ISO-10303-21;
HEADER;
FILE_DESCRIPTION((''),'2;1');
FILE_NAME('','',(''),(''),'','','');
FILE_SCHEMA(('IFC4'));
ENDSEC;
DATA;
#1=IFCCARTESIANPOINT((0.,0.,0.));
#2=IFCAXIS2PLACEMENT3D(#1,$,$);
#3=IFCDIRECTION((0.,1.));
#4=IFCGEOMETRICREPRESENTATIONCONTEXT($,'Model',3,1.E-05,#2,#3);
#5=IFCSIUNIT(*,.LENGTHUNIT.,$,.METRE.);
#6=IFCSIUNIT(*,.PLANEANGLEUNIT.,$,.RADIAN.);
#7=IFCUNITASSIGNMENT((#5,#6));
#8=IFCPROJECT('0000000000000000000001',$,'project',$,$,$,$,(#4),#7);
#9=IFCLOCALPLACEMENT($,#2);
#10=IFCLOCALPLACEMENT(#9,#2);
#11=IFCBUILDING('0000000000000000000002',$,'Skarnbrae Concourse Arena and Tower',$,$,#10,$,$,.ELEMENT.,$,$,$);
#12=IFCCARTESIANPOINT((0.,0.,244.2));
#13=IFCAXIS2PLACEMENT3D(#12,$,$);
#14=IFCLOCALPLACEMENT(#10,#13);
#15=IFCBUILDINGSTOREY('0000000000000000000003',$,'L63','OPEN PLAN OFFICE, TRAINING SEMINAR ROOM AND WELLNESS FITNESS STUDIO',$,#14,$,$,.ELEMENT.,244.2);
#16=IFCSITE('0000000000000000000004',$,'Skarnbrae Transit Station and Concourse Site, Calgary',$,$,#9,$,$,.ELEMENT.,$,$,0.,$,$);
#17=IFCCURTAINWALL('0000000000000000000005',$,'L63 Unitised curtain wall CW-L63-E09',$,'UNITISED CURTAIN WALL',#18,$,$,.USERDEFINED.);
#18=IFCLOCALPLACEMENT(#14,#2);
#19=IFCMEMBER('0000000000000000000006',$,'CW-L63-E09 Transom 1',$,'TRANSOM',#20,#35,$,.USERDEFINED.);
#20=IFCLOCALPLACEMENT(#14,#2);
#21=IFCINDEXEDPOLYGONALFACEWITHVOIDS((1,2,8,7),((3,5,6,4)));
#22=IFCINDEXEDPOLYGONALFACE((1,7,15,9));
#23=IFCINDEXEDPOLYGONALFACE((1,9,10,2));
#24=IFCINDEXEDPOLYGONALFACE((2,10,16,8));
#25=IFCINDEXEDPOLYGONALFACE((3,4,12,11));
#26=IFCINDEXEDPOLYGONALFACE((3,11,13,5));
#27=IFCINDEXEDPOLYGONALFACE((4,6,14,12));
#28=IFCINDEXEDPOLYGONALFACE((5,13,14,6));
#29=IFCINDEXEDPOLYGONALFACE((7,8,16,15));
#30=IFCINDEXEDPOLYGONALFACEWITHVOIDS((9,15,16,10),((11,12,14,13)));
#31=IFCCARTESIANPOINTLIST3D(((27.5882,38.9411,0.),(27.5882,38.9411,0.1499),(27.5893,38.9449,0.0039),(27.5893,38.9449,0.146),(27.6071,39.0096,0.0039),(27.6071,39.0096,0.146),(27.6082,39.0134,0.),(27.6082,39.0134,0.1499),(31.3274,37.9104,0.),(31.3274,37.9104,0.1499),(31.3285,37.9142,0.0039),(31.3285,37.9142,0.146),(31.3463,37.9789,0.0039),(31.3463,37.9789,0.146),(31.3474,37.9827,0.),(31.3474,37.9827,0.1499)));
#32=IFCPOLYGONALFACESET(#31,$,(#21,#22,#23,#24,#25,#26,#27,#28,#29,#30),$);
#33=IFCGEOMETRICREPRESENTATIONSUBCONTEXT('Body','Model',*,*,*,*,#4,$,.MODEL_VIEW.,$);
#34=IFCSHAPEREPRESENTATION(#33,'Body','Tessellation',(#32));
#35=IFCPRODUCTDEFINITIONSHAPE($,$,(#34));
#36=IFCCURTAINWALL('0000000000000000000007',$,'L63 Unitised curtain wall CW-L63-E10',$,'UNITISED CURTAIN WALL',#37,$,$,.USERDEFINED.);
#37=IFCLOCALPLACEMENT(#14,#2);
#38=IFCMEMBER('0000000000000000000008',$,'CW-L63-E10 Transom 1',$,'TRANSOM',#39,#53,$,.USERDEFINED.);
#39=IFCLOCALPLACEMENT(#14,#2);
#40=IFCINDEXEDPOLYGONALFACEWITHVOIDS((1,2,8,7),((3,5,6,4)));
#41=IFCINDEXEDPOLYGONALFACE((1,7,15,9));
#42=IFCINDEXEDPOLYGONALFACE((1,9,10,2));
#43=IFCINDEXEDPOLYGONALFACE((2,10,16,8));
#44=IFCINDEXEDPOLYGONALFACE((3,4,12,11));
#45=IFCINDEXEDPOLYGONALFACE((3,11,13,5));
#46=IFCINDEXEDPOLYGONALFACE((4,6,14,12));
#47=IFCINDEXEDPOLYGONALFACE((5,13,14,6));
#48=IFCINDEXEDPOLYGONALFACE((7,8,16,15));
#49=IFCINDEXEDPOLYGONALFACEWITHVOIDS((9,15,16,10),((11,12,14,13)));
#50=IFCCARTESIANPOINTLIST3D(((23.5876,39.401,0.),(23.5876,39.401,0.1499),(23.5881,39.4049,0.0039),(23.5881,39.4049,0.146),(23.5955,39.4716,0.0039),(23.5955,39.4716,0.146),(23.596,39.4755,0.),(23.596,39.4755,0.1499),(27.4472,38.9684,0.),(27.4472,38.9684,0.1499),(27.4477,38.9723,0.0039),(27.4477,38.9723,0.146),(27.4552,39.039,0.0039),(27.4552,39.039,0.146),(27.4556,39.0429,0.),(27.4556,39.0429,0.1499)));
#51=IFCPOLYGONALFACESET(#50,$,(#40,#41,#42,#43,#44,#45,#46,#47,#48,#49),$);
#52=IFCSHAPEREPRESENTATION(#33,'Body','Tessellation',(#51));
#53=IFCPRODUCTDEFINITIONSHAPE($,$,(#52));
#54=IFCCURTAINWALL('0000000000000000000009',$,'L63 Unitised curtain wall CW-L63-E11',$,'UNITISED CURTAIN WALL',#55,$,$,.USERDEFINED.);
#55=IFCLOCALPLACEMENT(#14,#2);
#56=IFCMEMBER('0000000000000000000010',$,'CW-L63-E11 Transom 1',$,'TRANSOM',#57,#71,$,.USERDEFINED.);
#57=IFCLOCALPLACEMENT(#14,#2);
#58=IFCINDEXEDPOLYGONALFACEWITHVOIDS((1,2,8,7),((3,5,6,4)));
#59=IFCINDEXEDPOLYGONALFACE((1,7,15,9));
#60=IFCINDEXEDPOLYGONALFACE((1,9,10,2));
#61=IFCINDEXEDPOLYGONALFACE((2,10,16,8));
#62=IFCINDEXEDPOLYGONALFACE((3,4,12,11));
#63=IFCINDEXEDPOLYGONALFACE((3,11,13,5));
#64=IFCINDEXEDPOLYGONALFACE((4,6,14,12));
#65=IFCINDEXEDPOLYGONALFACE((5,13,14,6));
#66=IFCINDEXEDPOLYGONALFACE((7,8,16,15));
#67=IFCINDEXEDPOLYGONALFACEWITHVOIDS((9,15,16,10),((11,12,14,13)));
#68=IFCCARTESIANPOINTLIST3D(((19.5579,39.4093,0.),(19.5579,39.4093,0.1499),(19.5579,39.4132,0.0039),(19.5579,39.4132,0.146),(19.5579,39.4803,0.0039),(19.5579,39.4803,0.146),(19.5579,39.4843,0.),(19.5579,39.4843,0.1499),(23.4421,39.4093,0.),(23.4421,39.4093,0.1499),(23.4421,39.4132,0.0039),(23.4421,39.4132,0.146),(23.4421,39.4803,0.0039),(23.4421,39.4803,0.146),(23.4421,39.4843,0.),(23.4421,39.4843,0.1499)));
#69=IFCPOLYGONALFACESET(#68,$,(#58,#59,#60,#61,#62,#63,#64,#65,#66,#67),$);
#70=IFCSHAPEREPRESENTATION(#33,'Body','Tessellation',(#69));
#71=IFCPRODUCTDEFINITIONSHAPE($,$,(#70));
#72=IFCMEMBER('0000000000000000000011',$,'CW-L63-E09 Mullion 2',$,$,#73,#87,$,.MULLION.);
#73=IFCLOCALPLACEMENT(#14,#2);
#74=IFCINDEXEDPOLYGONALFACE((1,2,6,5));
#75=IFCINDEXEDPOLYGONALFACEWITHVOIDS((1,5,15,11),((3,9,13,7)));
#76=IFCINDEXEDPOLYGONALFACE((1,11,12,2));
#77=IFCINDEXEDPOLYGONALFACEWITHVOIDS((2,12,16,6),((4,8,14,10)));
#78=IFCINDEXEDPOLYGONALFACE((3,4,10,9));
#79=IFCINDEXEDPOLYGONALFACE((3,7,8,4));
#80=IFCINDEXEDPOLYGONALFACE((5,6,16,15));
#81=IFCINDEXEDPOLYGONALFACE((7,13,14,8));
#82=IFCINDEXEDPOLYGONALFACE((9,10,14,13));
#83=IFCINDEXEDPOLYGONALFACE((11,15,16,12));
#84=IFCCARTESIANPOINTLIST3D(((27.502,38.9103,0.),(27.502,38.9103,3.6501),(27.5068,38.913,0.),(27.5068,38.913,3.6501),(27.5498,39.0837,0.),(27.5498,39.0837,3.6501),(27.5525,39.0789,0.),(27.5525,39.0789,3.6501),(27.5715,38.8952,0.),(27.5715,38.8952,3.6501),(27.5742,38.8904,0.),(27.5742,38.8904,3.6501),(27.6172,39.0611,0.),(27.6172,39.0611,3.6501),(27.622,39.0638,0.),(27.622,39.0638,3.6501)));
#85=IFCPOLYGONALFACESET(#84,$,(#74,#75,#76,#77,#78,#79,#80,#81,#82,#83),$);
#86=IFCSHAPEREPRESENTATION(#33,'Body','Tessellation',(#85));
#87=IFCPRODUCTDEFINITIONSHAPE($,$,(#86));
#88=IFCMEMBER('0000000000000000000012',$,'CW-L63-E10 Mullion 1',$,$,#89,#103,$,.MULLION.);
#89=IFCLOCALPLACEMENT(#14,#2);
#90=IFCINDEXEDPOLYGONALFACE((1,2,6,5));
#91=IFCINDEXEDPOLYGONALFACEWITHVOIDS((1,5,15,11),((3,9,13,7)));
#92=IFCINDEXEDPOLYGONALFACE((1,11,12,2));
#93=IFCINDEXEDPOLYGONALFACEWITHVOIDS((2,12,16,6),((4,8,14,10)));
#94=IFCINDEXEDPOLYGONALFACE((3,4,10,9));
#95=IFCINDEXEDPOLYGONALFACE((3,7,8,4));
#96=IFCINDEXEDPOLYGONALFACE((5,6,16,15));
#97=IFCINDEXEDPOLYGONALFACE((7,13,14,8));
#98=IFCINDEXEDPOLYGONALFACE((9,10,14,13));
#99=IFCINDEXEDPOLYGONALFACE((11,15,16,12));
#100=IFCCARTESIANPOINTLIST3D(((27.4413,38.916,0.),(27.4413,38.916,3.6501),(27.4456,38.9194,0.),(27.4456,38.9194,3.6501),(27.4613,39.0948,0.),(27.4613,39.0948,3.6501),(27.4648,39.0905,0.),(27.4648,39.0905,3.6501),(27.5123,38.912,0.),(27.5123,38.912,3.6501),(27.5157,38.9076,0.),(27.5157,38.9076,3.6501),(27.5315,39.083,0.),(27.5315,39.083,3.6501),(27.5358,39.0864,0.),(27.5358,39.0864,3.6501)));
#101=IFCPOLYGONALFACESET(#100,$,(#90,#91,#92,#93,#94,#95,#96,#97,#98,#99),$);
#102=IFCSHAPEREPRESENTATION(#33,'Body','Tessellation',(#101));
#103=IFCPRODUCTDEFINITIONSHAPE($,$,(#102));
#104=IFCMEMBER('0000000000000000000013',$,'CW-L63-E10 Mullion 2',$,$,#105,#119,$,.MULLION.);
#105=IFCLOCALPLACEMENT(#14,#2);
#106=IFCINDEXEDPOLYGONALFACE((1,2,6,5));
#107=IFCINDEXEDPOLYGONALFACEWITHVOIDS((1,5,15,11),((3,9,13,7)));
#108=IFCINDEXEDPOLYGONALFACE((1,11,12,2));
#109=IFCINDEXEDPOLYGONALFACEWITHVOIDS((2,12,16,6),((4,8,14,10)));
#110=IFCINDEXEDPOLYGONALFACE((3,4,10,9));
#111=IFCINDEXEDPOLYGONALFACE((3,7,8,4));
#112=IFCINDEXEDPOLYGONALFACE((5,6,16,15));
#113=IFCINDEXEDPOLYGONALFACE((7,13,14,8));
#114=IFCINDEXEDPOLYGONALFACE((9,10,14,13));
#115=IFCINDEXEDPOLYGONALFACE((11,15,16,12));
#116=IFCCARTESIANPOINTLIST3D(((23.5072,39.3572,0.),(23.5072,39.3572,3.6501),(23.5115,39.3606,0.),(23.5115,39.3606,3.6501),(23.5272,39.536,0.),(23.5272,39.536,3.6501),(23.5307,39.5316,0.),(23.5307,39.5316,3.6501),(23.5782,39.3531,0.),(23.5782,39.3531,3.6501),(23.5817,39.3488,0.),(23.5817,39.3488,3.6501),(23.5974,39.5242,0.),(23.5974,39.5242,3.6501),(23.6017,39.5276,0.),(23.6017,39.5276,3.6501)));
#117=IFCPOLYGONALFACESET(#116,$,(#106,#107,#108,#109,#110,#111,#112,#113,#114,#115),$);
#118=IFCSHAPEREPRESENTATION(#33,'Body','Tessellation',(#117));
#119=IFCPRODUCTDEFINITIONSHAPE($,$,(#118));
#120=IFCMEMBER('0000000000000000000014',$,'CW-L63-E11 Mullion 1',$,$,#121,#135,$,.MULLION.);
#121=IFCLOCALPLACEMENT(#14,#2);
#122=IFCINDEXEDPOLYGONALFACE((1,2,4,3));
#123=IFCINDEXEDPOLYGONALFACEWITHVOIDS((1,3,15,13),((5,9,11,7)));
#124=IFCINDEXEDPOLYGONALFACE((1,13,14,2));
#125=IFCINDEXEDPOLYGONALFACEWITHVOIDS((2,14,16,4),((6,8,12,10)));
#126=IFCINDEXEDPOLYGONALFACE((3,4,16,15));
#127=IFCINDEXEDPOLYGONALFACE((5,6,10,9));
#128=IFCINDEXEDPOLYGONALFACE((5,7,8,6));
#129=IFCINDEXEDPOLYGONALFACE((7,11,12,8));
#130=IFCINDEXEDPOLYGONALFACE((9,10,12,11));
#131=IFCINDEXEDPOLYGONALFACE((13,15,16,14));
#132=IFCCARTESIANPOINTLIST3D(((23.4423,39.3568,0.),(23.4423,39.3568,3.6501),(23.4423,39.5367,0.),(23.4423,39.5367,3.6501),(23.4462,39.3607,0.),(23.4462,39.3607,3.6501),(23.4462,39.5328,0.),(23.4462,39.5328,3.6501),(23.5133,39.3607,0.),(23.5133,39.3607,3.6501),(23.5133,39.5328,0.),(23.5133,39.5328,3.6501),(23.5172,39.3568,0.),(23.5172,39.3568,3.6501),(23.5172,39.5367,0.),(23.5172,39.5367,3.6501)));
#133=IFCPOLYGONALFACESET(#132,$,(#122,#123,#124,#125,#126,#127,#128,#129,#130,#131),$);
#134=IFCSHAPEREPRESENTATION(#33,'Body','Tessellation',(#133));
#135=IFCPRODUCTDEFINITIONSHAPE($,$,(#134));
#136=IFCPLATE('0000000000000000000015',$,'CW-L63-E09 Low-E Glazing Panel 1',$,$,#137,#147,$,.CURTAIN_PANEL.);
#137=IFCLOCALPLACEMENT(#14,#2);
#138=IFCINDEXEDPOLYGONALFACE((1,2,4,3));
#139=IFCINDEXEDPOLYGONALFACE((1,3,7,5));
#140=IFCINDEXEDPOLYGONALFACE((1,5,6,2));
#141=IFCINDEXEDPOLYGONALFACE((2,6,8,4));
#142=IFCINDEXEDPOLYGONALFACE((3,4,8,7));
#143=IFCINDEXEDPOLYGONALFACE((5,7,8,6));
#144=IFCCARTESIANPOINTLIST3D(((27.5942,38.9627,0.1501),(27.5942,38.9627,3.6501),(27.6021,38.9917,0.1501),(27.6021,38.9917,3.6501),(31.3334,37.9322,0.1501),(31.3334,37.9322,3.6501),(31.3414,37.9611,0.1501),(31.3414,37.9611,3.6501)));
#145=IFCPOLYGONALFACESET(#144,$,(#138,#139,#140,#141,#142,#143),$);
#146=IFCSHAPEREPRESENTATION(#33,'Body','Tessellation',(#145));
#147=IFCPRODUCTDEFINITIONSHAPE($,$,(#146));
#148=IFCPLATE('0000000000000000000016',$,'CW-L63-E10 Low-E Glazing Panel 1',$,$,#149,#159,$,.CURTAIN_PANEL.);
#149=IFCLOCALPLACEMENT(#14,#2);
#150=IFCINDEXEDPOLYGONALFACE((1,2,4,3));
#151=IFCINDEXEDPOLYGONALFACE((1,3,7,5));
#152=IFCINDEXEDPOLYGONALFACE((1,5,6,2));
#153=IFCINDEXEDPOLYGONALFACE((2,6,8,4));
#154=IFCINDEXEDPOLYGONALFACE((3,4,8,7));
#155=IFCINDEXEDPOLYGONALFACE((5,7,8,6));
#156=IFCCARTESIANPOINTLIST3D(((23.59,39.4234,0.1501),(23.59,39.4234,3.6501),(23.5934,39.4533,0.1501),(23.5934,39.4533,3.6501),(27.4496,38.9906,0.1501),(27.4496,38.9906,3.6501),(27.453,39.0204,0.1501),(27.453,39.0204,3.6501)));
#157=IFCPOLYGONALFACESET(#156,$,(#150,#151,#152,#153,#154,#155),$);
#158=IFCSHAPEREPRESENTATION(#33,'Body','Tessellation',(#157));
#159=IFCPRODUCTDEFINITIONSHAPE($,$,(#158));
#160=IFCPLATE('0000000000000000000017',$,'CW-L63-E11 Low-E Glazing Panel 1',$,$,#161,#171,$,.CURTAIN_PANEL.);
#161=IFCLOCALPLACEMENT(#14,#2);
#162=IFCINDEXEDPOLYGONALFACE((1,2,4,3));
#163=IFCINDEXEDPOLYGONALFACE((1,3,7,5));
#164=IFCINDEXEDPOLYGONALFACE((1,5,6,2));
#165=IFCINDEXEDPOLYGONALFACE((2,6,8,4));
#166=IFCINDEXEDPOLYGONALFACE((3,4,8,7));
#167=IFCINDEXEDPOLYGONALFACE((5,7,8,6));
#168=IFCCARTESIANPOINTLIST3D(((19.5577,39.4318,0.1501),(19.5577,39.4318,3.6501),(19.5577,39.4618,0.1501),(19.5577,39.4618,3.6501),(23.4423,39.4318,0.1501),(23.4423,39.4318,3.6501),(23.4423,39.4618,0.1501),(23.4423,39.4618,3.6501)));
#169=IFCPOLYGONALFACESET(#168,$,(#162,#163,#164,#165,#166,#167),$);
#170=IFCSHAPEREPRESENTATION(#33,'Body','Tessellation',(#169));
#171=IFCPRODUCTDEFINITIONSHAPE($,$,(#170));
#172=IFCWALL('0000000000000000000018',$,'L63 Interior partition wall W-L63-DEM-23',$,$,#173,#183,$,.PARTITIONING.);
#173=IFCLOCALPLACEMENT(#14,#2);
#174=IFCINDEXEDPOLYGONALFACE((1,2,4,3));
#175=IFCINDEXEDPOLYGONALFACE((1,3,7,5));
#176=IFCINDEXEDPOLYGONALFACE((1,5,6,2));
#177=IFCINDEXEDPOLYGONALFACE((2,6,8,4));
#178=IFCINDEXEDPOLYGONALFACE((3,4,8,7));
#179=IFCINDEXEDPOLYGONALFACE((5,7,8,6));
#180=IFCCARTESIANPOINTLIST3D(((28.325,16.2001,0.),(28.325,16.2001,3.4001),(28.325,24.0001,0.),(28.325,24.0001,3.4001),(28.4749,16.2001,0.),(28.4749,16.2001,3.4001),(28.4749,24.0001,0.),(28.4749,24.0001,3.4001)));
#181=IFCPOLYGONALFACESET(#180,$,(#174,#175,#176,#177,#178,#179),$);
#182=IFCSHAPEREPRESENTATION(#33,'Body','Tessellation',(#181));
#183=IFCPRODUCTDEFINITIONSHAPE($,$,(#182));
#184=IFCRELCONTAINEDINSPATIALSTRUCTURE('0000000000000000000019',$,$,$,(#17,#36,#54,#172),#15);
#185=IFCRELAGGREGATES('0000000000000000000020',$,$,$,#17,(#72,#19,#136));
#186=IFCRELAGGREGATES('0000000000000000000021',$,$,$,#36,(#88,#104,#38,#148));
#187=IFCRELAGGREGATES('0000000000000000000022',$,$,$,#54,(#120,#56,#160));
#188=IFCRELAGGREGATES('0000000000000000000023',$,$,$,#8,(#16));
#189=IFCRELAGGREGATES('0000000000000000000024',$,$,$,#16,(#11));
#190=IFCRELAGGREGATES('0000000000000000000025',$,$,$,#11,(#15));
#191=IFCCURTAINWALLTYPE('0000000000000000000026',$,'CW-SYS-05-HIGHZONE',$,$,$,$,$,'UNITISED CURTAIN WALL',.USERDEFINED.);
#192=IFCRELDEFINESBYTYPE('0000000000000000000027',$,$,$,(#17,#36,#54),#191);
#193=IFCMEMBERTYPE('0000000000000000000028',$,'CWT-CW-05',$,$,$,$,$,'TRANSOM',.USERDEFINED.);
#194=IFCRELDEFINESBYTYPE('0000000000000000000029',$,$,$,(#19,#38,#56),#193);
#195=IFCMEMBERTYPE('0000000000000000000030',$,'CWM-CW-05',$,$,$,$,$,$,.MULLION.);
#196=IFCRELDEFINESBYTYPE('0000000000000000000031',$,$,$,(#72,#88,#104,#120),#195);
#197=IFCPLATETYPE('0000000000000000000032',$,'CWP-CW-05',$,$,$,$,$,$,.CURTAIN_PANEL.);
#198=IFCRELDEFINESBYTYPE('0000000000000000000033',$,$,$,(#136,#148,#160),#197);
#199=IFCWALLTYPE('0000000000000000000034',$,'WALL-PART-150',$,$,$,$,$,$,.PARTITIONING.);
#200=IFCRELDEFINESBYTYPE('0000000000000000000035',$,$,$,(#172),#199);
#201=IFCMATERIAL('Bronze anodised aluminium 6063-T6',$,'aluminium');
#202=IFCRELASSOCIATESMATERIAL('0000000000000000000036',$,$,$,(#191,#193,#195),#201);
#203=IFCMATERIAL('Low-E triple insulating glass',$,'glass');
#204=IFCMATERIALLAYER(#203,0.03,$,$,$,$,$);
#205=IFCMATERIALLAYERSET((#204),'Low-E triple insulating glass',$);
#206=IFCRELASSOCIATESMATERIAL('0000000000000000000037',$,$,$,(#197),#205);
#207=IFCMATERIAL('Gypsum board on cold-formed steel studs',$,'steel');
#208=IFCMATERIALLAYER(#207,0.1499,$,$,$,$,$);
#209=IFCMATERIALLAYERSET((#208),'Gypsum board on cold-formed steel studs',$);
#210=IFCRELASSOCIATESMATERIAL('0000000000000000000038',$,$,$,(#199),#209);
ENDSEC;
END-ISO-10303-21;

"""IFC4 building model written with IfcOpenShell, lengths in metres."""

from ifc_helpers import new_model, si_unit, direction, frame, frame_2d, origin, origin_2d, place, context, subcontext, project, spatial, rectangle, hollow_rectangle, extrude, source, transform, mapped, material, layer, layer_set, material_profile, profile_set, type_object, element, aggregate, save


model = new_model("IFC4")

# Units and contexts
model_context = context("Model", 3, precision=1e-05, world=origin(), true_north=direction((0.0, 1.0)))
body_context = subcontext(model_context, "Body", "Model", "MODEL_VIEW")
ifc_project = project(units=[si_unit("LENGTHUNIT", "METRE"), si_unit("PLANEANGLEUNIT", "RADIAN")], contexts=[model_context])

# Site, building, storey
site_placement = place(None, origin())
site = spatial("IfcSite", under=ifc_project, at=site_placement, Name="Skarnbrae Transit Station and Concourse Site, Calgary", CompositionType="ELEMENT", RefElevation=0.0)
building_placement = place(site_placement, origin())
building = spatial("IfcBuilding", under=site, at=building_placement, Name="Skarnbrae Concourse Arena and Tower", CompositionType="ELEMENT")
storey_placement = place(building_placement, frame((0.0, 0.0, 244.2)))
storey = spatial("IfcBuildingStorey", under=building, at=storey_placement, Name="L63", Description="OPEN PLAN OFFICE, TRAINING SEMINAR ROOM AND WELLNESS FITNESS STUDIO", CompositionType="ELEMENT", Elevation=244.2)

# Curtain walls, members
ifc_material_1 = material(Name="Bronze anodised aluminium 6063-T6", Category="aluminium")
curtain_wall_type = type_object("IfcCurtainWallType", Name="CW-SYS-05-HIGHZONE", ElementType="UNITISED CURTAIN WALL", PredefinedType="USERDEFINED", material=ifc_material_1)
curtain_wall_1_placement = place(storey_placement, origin())
curtain_wall_1 = element("IfcCurtainWall", 1, at=curtain_wall_1_placement, inside=storey, type_object=curtain_wall_type, Name="L63 Unitised curtain wall CW-L63-E09", ObjectType="UNITISED CURTAIN WALL", PredefinedType="USERDEFINED")
ifc_material_profile_1 = material_profile(ifc_material_1, hollow_rectangle(XDim=0.075, YDim=0.1499, WallThickness=0.0039, at=origin_2d()), Name="ALU-TRAN-75X150")
ifc_profile_set_1 = profile_set([ifc_material_profile_1], Name="Bronze anodised aluminium 6063-T6")
member_type_1 = type_object("IfcMemberType", Name="CWT-CW-05", ElementType="TRANSOM", PredefinedType="USERDEFINED", material=ifc_profile_set_1)
shared_shape_1 = source(origin(), body_context, "Body", "SweptSolid", [
    extrude(hollow_rectangle(XDim=0.075, YDim=0.1499, WallThickness=0.0039, at=origin_2d()), origin(), (0.0, 0.0, 1.0), 3.8787),
])
member_1_placement = place(storey_placement, frame((31.3374, 37.9465, 0.075), z_axis=(-0.964043, 0.265747, 0.0), x_axis=(-0.265747, -0.964043, 0.0)))
member_1 = element("IfcMember", 2, at=member_1_placement, type_object=member_type_1, Name="CW-L63-E09 Transom 1", ObjectType="TRANSOM", PredefinedType="USERDEFINED", context=body_context, shape_type="MappedRepresentation", body=[
    mapped(shared_shape_1, transform((0.0, 0.0, 0.0))),
])
curtain_wall_2_placement = place(storey_placement, origin())
curtain_wall_2 = element("IfcCurtainWall", 3, at=curtain_wall_2_placement, inside=storey, type_object=curtain_wall_type, Name="L63 Unitised curtain wall CW-L63-E10", ObjectType="UNITISED CURTAIN WALL", PredefinedType="USERDEFINED")
shared_shape_2 = source(origin(), body_context, "Body", "SweptSolid", [
    extrude(hollow_rectangle(XDim=0.075, YDim=0.1499, WallThickness=0.0039, at=origin_2d()), origin(), (0.0, 0.0, 1.0), 3.8838),
])
member_2_placement = place(storey_placement, frame((27.4514, 39.0056, 0.075), z_axis=(-0.993777, 0.11139, 0.0), x_axis=(-0.11139, -0.993777, 0.0)))
member_2 = element("IfcMember", 4, at=member_2_placement, type_object=member_type_1, Name="CW-L63-E10 Transom 1", ObjectType="TRANSOM", PredefinedType="USERDEFINED", context=body_context, shape_type="MappedRepresentation", body=[
    mapped(shared_shape_2, transform((0.0, 0.0, 0.0))),
])
curtain_wall_3_placement = place(storey_placement, origin())
curtain_wall_3 = element("IfcCurtainWall", 5, at=curtain_wall_3_placement, inside=storey, type_object=curtain_wall_type, Name="L63 Unitised curtain wall CW-L63-E11", ObjectType="UNITISED CURTAIN WALL", PredefinedType="USERDEFINED")
shared_shape_3 = source(origin(), body_context, "Body", "SweptSolid", [
    extrude(hollow_rectangle(XDim=0.075, YDim=0.1499, WallThickness=0.0039, at=origin_2d()), origin(), (0.0, 0.0, 1.0), 3.8843),
])
member_3_placement = place(storey_placement, frame((23.4421, 39.4468, 0.075), z_axis=(-1.0, 0.0, 0.0), x_axis=(0.0, -1.0, 0.0)))
member_3 = element("IfcMember", 6, at=member_3_placement, type_object=member_type_1, Name="CW-L63-E11 Transom 1", ObjectType="TRANSOM", PredefinedType="USERDEFINED", context=body_context, shape_type="MappedRepresentation", body=[
    mapped(shared_shape_3, transform((0.0, 0.0, 0.0))),
])

# Members
ifc_material_profile_2 = material_profile(ifc_material_1, hollow_rectangle(XDim=0.075, YDim=0.1799, WallThickness=0.0039, at=origin_2d()), Name="ALU-MULL-75X180")
ifc_profile_set_2 = profile_set([ifc_material_profile_2], Name="Bronze anodised aluminium 6063-T6")
member_type_2 = type_object("IfcMemberType", Name="CWM-CW-05", PredefinedType="MULLION", material=ifc_profile_set_2)
shared_shape_4 = source(origin(), body_context, "Body", "SweptSolid", [
    extrude(hollow_rectangle(XDim=0.075, YDim=0.1799, WallThickness=0.0039, at=origin_2d()), origin(), (0.0, 0.0, 1.0), 3.6501),
])
member_4_placement = place(storey_placement, frame((27.562, 38.9871, 0.0), z_axis=(0.0, 0.0, 1.0), x_axis=(-0.964057, 0.265694, 0.0)))
member_4 = element("IfcMember", 7, at=member_4_placement, type_object=member_type_2, Name="CW-L63-E09 Mullion 2", PredefinedType="MULLION", context=body_context, shape_type="MappedRepresentation", body=[
    mapped(shared_shape_4, transform((0.0, 0.0, 0.0))),
])
member_5_placement = place(storey_placement, frame((27.4885, 39.0012, 0.0), z_axis=(0.0, 0.0, 1.0), x_axis=(-0.993769, 0.11146, 0.0)))
member_5 = element("IfcMember", 8, at=member_5_placement, type_object=member_type_2, Name="CW-L63-E10 Mullion 1", PredefinedType="MULLION", context=body_context, shape_type="MappedRepresentation", body=[
    mapped(shared_shape_4, transform((0.0, 0.0, 0.0))),
])
member_6_placement = place(storey_placement, frame((23.5544, 39.4424, 0.0), z_axis=(0.0, 0.0, 1.0), x_axis=(-0.993769, 0.11146, 0.0)))
member_6 = element("IfcMember", 9, at=member_6_placement, type_object=member_type_2, Name="CW-L63-E10 Mullion 2", PredefinedType="MULLION", context=body_context, shape_type="MappedRepresentation", body=[
    mapped(shared_shape_4, transform((0.0, 0.0, 0.0))),
])
member_7_placement = place(storey_placement, frame((23.4797, 39.4468, 0.0), z_axis=(0.0, 0.0, 1.0), x_axis=(-1.0, 0.0, 0.0)))
member_7 = element("IfcMember", 10, at=member_7_placement, type_object=member_type_2, Name="CW-L63-E11 Mullion 1", PredefinedType="MULLION", context=body_context, shape_type="MappedRepresentation", body=[
    mapped(shared_shape_4, transform((0.0, 0.0, 0.0))),
])

# Plates
ifc_material_2 = material(Name="Low-E triple insulating glass", Category="glass")
ifc_layer_1 = layer(ifc_material_2, 0.03)
ifc_layer_set_1 = layer_set([ifc_layer_1], Name="Low-E triple insulating glass")
plate_type = type_object("IfcPlateType", Name="CWP-CW-05", PredefinedType="CURTAIN_PANEL", material=ifc_layer_set_1)
shared_shape_5 = source(origin(), body_context, "Body", "SweptSolid", [
    extrude(rectangle(XDim=3.8787, YDim=0.03, at=origin_2d()), origin(), (0.0, 0.0, 1.0), 3.5),
])
plate_1_placement = place(storey_placement, frame((29.4678, 38.4619, 0.1501), z_axis=(0.0, 0.0, 1.0), x_axis=(-0.964057, 0.265694, 0.0)))
plate_1 = element("IfcPlate", 11, at=plate_1_placement, type_object=plate_type, Name="CW-L63-E09 Low-E Glazing Panel 1", PredefinedType="CURTAIN_PANEL", context=body_context, shape_type="MappedRepresentation", body=[
    mapped(shared_shape_5, transform((0.0, 0.0, 0.0))),
])
aggregate(curtain_wall_1, [member_4, member_1, plate_1])
shared_shape_6 = source(origin(), body_context, "Body", "SweptSolid", [
    extrude(rectangle(XDim=3.8838, YDim=0.03, at=origin_2d()), origin(), (0.0, 0.0, 1.0), 3.5),
])
plate_2_placement = place(storey_placement, frame((25.5215, 39.2219, 0.1501), z_axis=(0.0, 0.0, 1.0), x_axis=(-0.993769, 0.11146, 0.0)))
plate_2 = element("IfcPlate", 12, at=plate_2_placement, type_object=plate_type, Name="CW-L63-E10 Low-E Glazing Panel 1", PredefinedType="CURTAIN_PANEL", context=body_context, shape_type="MappedRepresentation", body=[
    mapped(shared_shape_6, transform((0.0, 0.0, 0.0))),
])
aggregate(curtain_wall_2, [member_5, member_6, member_2, plate_2])
shared_shape_7 = source(origin(), body_context, "Body", "SweptSolid", [
    extrude(rectangle(XDim=3.8845, YDim=0.03, at=origin_2d()), origin(), (0.0, 0.0, 1.0), 3.5),
])
plate_3_placement = place(storey_placement, frame((21.5, 39.4468, 0.1501), z_axis=(0.0, 0.0, 1.0), x_axis=(-1.0, 0.0, 0.0)))
plate_3 = element("IfcPlate", 13, at=plate_3_placement, type_object=plate_type, Name="CW-L63-E11 Low-E Glazing Panel 1", PredefinedType="CURTAIN_PANEL", context=body_context, shape_type="MappedRepresentation", body=[
    mapped(shared_shape_7, transform((0.0, 0.0, 0.0))),
])
aggregate(curtain_wall_3, [member_7, member_3, plate_3])

# Wall
ifc_material_3 = material(Name="Gypsum board on cold-formed steel studs", Category="steel")
ifc_layer_2 = layer(ifc_material_3, 0.1499)
ifc_layer_set_2 = layer_set([ifc_layer_2], Name="Gypsum board on cold-formed steel studs")
wall_type = type_object("IfcWallType", Name="WALL-PART-150", PredefinedType="PARTITIONING", material=ifc_layer_set_2)
shared_shape_8 = source(origin(), body_context, "Body", "SweptSolid", [
    extrude(rectangle(XDim=7.8, YDim=0.1499, at=frame_2d((3.8999, 0.0))), origin(), (0.0, 0.0, 1.0), 3.4001),
])
wall_1_placement = place(storey_placement, frame((28.3999, 24.0, 0.0), z_axis=(0.0, 0.0, 1.0), x_axis=(0.0, -1.0, 0.0)))
element("IfcWall", 14, at=wall_1_placement, inside=storey, type_object=wall_type, Name="L63 Interior partition wall W-L63-DEM-23", PredefinedType="PARTITIONING", context=body_context, shape_type="MappedRepresentation", body=[
    mapped(shared_shape_8, transform((0.0, 0.0, 0.0))),
])

save(model, "model.ifc")
